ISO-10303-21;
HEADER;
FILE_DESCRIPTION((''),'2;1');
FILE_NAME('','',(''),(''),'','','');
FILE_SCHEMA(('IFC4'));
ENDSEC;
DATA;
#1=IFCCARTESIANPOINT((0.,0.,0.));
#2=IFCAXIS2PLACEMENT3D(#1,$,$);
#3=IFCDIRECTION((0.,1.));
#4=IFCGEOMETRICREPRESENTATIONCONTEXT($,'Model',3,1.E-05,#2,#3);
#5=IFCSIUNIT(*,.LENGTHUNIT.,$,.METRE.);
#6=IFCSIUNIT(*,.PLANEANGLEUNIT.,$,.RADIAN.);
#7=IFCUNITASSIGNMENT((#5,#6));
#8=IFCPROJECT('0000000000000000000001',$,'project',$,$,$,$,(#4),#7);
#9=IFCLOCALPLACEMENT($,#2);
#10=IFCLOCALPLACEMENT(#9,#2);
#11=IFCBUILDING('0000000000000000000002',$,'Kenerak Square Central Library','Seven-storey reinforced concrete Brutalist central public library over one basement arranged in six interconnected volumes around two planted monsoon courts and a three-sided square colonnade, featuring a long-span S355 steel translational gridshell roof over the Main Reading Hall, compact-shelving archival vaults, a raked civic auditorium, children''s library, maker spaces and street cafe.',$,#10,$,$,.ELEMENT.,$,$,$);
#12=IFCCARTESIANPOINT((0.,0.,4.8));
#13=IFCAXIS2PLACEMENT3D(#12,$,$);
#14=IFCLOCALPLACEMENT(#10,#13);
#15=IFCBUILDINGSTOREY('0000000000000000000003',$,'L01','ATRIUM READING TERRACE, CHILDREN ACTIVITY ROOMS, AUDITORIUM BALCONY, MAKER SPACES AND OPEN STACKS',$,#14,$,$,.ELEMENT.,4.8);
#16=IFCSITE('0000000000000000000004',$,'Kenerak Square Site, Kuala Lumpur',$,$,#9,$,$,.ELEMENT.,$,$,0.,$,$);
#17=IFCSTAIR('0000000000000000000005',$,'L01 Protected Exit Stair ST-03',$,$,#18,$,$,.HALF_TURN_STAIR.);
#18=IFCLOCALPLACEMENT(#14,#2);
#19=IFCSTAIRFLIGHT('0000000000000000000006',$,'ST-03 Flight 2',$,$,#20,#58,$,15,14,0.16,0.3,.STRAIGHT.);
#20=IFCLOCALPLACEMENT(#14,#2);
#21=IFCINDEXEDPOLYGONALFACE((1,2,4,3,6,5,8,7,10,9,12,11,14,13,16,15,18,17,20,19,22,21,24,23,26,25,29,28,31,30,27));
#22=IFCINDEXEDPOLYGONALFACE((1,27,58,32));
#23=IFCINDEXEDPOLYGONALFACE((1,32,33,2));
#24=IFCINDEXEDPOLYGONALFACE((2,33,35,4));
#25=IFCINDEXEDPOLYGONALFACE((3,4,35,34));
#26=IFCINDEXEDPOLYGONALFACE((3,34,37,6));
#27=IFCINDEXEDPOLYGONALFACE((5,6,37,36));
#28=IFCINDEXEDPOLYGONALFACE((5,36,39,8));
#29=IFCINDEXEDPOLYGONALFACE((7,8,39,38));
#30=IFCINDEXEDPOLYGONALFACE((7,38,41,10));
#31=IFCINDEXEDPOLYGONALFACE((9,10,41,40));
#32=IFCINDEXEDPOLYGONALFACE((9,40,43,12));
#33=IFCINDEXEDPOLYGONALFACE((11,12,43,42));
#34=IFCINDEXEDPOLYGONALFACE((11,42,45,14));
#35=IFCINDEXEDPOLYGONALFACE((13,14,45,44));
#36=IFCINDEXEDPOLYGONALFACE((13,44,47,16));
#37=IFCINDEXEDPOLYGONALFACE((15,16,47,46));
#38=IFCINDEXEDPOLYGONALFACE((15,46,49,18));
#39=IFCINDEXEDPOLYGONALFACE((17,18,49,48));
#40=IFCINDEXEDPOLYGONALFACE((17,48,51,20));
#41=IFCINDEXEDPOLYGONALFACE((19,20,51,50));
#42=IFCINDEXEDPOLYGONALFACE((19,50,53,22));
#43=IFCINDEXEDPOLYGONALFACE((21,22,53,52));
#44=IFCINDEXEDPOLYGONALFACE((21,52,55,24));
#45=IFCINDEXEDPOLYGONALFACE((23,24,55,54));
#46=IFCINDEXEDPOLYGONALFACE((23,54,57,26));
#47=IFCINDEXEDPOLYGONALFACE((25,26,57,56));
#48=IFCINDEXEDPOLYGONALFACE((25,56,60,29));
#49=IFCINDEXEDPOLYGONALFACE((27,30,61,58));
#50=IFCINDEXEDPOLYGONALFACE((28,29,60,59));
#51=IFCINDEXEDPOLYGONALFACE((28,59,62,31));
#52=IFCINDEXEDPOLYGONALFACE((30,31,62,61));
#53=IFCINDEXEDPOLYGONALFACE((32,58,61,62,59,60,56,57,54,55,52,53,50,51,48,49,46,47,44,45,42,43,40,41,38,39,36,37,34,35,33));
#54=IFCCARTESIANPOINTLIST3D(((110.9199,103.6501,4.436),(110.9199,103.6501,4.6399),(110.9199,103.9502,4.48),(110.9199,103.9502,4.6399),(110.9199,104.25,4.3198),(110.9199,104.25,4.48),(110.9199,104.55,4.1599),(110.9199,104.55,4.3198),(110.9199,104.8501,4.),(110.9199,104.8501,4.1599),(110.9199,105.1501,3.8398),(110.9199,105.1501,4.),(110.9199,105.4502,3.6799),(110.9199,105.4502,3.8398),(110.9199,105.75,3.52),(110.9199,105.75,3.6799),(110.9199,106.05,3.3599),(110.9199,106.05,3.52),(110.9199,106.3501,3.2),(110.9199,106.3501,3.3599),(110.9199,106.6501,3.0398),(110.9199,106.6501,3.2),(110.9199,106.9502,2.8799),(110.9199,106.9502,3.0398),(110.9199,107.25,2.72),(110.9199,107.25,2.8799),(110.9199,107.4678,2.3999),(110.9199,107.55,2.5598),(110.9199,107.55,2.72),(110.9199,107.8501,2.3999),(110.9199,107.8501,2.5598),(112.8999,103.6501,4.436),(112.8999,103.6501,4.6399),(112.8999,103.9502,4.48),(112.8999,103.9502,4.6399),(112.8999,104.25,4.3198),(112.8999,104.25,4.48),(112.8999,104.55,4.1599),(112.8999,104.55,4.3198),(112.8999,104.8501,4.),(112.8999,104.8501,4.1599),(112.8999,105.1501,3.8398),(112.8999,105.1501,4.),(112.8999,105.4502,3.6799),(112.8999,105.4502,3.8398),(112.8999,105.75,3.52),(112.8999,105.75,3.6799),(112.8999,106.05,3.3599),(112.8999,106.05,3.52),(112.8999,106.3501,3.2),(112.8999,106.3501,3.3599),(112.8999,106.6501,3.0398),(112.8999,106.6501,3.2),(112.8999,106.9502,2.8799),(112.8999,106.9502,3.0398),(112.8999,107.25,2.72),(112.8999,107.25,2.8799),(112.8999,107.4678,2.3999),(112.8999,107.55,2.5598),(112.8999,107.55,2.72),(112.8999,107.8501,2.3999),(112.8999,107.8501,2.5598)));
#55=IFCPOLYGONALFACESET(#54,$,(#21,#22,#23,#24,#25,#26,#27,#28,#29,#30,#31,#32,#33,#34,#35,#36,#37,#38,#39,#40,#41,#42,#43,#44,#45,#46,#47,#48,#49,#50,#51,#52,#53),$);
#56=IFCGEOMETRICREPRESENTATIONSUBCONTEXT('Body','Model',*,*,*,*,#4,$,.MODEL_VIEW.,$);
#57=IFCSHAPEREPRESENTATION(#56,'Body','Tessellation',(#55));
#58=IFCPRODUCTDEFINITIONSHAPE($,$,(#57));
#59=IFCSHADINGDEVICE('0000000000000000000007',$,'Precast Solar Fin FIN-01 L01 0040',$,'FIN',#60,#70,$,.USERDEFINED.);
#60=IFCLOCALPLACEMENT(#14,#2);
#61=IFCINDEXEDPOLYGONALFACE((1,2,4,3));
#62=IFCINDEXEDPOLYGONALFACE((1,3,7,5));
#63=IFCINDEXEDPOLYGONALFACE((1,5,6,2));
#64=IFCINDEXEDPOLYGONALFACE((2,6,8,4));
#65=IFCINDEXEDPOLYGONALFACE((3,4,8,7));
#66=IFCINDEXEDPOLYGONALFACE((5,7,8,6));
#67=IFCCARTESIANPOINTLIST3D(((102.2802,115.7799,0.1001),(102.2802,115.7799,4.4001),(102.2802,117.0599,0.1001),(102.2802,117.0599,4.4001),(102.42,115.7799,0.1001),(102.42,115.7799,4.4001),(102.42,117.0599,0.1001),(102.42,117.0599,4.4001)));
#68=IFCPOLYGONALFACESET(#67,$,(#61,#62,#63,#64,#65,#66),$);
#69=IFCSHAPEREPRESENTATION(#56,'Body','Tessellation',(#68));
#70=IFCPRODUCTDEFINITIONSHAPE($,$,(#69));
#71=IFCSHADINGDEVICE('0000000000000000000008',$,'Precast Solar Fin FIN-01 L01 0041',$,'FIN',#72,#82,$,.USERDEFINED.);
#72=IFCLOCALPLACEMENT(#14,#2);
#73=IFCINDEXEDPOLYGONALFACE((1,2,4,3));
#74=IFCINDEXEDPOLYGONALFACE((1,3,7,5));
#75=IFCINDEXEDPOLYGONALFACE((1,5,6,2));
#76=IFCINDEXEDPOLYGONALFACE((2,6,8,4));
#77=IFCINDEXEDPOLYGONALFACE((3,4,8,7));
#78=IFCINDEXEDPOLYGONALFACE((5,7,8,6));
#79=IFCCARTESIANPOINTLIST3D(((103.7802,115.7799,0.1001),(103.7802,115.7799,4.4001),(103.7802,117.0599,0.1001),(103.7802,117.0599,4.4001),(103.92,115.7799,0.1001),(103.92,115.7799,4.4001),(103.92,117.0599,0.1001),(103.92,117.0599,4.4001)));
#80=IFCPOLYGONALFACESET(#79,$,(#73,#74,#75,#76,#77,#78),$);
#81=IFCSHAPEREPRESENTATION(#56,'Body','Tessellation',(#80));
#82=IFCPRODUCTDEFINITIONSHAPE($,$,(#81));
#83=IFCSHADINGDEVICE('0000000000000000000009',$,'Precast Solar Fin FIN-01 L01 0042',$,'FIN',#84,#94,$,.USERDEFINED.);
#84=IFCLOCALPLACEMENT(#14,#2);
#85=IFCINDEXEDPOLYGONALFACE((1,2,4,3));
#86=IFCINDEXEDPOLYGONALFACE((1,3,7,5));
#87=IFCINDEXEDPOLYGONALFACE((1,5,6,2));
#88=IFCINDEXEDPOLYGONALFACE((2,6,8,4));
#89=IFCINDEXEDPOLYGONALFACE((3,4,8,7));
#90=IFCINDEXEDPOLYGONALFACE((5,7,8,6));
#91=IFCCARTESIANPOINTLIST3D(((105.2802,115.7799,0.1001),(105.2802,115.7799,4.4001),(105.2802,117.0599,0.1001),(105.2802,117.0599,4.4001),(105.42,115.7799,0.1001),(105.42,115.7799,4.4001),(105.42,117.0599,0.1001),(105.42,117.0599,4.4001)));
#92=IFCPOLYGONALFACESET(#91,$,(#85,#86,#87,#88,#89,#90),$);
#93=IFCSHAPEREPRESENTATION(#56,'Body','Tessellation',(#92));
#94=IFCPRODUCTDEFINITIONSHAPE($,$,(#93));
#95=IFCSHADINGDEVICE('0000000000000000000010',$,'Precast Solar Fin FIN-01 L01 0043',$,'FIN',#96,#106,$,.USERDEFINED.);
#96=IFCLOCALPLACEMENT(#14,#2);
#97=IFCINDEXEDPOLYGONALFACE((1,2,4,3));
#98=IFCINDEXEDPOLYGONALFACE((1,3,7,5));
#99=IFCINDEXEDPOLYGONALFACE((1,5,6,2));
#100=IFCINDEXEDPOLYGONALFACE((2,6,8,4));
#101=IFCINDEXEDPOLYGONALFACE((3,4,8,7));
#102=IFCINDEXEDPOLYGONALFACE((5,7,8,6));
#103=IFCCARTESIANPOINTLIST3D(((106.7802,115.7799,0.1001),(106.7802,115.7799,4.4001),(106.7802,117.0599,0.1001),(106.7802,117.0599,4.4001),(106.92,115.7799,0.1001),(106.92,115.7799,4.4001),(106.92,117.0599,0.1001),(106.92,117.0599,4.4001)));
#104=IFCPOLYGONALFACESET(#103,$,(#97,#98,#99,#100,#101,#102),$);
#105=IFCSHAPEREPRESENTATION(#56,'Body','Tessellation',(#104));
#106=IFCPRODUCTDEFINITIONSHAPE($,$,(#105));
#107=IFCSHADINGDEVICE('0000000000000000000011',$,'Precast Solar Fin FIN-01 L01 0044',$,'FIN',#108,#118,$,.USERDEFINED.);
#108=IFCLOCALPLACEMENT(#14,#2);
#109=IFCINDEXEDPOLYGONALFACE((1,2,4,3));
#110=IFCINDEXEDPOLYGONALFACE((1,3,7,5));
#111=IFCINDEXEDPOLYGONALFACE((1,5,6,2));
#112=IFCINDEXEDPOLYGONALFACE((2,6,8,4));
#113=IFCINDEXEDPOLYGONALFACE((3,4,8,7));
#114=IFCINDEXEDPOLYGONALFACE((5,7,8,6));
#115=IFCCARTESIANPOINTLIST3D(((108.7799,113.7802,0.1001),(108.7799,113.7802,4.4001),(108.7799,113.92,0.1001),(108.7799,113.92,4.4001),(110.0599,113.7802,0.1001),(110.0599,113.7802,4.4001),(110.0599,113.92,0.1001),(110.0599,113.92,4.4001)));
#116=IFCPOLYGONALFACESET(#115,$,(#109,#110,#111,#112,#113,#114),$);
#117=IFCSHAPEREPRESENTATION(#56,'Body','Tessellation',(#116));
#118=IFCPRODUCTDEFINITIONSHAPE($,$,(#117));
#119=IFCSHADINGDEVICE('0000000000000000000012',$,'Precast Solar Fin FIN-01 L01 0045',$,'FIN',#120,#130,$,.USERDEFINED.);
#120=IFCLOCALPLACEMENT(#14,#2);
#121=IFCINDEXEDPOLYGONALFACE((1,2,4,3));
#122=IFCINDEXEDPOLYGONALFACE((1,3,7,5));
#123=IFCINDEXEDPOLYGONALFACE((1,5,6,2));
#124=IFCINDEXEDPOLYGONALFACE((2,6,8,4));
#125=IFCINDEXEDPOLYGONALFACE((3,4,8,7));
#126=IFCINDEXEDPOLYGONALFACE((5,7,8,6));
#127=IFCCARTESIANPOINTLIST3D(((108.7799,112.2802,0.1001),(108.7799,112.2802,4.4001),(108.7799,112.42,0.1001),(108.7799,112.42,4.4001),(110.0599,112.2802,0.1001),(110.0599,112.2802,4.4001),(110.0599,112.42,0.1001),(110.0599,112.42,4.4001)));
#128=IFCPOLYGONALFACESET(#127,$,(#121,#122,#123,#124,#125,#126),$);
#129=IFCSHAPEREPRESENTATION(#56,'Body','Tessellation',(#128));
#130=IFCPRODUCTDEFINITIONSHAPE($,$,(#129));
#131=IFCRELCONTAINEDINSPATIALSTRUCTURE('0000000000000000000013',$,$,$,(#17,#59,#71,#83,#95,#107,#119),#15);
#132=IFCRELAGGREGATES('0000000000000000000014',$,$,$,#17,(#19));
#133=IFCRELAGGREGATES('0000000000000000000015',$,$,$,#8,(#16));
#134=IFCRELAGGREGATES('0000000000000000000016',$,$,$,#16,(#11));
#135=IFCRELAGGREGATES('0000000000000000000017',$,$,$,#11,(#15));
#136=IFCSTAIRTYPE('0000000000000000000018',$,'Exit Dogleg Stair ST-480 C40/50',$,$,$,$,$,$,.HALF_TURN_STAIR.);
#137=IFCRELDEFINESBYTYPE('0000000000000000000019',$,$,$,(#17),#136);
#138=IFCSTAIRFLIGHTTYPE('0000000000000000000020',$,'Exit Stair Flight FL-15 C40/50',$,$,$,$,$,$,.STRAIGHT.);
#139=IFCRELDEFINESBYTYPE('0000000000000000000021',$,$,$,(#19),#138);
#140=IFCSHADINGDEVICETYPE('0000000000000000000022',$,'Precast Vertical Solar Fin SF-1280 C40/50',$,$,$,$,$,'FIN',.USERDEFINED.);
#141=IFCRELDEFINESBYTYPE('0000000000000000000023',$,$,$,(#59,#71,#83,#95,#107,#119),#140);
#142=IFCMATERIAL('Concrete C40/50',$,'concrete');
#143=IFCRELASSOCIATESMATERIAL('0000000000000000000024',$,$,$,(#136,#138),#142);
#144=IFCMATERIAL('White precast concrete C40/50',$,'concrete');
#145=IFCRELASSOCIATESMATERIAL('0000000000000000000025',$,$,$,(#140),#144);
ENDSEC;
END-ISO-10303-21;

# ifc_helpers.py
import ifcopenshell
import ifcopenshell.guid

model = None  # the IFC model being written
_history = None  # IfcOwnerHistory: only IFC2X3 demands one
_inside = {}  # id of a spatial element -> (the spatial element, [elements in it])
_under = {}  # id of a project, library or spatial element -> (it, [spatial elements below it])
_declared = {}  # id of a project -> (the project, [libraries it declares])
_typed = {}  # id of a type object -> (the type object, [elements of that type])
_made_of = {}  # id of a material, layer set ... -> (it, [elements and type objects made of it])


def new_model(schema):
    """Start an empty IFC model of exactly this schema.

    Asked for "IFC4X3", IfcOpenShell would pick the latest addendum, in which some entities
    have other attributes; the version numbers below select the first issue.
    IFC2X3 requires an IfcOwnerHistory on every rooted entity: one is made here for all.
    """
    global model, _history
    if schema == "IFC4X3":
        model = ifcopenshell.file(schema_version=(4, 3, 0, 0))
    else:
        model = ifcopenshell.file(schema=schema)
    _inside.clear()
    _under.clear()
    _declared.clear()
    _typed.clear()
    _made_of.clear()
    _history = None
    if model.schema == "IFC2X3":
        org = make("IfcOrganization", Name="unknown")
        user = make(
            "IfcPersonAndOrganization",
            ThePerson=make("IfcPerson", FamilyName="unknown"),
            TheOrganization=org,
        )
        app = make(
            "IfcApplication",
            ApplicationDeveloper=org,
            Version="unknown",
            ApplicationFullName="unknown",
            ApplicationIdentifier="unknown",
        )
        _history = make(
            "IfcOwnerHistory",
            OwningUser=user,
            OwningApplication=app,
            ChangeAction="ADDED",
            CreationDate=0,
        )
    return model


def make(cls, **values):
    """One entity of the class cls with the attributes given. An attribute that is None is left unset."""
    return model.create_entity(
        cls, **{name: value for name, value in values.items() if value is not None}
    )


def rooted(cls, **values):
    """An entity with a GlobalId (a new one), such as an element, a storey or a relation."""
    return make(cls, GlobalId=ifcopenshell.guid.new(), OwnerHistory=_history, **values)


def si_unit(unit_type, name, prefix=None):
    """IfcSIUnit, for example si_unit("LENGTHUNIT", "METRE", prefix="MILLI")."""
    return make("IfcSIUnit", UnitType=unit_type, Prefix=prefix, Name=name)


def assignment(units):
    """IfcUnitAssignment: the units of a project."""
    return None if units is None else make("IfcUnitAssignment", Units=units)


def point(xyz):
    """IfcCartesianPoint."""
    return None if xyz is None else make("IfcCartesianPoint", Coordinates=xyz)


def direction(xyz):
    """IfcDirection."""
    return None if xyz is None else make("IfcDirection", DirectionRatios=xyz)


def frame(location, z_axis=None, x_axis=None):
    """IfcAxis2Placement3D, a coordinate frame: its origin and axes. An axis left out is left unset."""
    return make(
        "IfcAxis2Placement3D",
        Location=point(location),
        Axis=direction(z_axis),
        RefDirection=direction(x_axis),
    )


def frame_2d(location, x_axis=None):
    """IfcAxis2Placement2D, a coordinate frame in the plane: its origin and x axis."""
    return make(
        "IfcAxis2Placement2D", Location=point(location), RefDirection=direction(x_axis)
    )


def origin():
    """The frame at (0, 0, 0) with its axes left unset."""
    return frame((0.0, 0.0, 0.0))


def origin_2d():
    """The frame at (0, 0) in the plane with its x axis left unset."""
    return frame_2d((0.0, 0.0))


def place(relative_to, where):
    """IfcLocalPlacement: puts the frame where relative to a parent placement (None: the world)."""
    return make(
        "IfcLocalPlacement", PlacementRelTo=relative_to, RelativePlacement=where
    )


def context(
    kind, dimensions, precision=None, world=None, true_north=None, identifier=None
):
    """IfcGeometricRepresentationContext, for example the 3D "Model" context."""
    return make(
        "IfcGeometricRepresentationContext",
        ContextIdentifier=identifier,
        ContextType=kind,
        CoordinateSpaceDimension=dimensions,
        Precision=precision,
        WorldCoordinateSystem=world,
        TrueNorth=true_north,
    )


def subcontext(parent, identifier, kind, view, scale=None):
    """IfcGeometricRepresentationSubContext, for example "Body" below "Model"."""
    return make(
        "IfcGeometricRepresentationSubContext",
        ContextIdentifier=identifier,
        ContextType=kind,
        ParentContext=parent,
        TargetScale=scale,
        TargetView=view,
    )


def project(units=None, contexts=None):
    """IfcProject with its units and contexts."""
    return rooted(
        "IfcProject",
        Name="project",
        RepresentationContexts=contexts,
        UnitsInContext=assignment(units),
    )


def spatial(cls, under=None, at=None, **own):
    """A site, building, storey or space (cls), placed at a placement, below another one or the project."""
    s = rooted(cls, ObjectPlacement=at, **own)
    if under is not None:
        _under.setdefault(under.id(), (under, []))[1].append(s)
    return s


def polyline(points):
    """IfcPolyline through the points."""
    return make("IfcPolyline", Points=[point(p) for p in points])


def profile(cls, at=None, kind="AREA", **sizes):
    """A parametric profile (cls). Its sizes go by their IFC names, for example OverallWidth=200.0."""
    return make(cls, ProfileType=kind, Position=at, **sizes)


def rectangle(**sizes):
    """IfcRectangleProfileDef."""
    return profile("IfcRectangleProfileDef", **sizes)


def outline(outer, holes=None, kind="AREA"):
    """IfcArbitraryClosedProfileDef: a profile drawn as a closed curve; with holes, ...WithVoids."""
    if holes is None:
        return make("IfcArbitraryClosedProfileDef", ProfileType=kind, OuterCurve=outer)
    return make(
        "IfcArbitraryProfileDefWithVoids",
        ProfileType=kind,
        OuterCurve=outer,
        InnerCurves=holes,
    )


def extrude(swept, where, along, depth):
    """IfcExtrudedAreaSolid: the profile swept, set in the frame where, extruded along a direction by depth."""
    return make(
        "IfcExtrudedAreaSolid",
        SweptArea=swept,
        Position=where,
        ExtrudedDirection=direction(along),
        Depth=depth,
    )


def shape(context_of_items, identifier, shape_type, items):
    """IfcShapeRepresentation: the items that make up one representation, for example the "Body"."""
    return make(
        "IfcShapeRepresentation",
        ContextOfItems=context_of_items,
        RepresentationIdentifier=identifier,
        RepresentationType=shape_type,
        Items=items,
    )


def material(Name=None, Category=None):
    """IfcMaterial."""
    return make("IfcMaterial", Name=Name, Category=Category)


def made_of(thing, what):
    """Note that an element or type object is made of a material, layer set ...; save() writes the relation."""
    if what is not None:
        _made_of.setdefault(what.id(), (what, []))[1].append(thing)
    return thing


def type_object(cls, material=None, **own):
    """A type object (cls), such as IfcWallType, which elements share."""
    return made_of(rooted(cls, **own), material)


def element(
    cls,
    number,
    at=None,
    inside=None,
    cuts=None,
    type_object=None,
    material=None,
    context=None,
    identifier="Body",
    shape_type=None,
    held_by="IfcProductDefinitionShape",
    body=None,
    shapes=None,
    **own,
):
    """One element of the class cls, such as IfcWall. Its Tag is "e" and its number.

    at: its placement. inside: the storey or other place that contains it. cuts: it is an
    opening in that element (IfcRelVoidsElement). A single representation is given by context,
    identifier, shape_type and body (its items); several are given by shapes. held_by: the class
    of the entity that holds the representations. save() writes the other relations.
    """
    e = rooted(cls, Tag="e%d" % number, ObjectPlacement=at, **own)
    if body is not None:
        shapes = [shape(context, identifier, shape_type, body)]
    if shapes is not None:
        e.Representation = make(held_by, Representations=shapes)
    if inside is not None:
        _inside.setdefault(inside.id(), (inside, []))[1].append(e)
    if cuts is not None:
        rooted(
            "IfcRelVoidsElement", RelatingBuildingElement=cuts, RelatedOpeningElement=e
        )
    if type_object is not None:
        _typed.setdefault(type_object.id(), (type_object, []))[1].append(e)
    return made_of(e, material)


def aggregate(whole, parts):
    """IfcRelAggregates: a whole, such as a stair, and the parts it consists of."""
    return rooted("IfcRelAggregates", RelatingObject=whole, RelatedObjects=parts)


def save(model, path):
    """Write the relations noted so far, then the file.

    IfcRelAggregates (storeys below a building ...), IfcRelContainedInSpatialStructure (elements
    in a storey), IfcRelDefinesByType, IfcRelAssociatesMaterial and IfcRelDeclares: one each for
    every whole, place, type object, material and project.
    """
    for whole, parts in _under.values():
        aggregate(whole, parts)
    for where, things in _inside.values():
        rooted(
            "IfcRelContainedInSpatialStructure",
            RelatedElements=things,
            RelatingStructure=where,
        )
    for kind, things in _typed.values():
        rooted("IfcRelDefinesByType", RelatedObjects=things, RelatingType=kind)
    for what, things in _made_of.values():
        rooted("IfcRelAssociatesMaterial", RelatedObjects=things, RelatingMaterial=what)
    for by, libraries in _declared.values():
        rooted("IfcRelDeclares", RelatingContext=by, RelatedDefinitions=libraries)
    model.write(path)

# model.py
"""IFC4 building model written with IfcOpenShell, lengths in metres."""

from ifc_helpers import new_model, si_unit, direction, frame, origin, origin_2d, place, context, subcontext, project, spatial, polyline, rectangle, outline, extrude, material, type_object, element, aggregate, save


model = new_model("IFC4")

# Units and contexts
model_context = context("Model", 3, precision=1e-05, world=origin(), true_north=direction((0.0, 1.0)))
body_context = subcontext(model_context, "Body", "Model", "MODEL_VIEW")
ifc_project = project(units=[si_unit("LENGTHUNIT", "METRE"), si_unit("PLANEANGLEUNIT", "RADIAN")], contexts=[model_context])

# Site, building, storey
site_placement = place(None, origin())
site = spatial("IfcSite", under=ifc_project, at=site_placement, Name="Kenerak Square Site, Kuala Lumpur", CompositionType="ELEMENT", RefElevation=0.0)
building_placement = place(site_placement, origin())
building = spatial("IfcBuilding", under=site, at=building_placement, Name="Kenerak Square Central Library", Description="Seven-storey reinforced concrete Brutalist central public library over one basement arranged in six interconnected volumes around two planted monsoon courts and a three-sided square colonnade, featuring a long-span S355 steel translational gridshell roof over the Main Reading Hall, compact-shelving archival vaults, a raked civic auditorium, children's library, maker spaces and street cafe.", CompositionType="ELEMENT")
storey_placement = place(building_placement, frame((0.0, 0.0, 4.8)))
storey = spatial("IfcBuildingStorey", under=building, at=storey_placement, Name="L01", Description="ATRIUM READING TERRACE, CHILDREN ACTIVITY ROOMS, AUDITORIUM BALCONY, MAKER SPACES AND OPEN STACKS", CompositionType="ELEMENT", Elevation=4.8)

# Shared definitions
ifc_material_1 = material(Name="Concrete C40/50", Category="concrete")

# Stair, stair flight
stair_type = type_object("IfcStairType", Name="Exit Dogleg Stair ST-480 C40/50", PredefinedType="HALF_TURN_STAIR", material=ifc_material_1)
stair_placement = place(storey_placement, origin())
stair = element("IfcStair", 1, at=stair_placement, inside=storey, type_object=stair_type, Name="L01 Protected Exit Stair ST-03", PredefinedType="HALF_TURN_STAIR")
stair_flight_type = type_object("IfcStairFlightType", Name="Exit Stair Flight FL-15 C40/50", PredefinedType="STRAIGHT", material=ifc_material_1)
stair_flight_placement = place(storey_placement, frame((111.9099, 107.8501, 2.3999), z_axis=(0.0, 0.0, 1.0), x_axis=(0.0, -1.0, 0.0)))
stair_flight = element("IfcStairFlight", 2, at=stair_flight_placement, type_object=stair_flight_type, Name="ST-03 Flight 2", NumberOfRisers=15, NumberOfTreads=14, PredefinedType="STRAIGHT", RiserHeight=0.16, TreadLength=0.3, context=body_context, shape_type="SweptSolid", body=[
    extrude(outline(polyline([(0.0, 0.0), (0.0, 0.1599), (0.3, 0.1599), (0.3, 0.3201), (0.6001, 0.3201), (0.6001, 0.48), (0.8999, 0.48), (0.8999, 0.6399), (1.2, 0.6399), (1.2, 0.8), (1.5, 0.8), (1.5, 0.96), (1.8, 0.96), (1.8, 1.1201), (2.1001, 1.1201), (2.1001, 1.28), (2.3999, 1.28), (2.3999, 1.4399), (2.7, 1.4399), (2.7, 1.6001), (3.0, 1.6001), (3.0, 1.76), (3.3, 1.76), (3.3, 1.9199), (3.6001, 1.9199), (3.6001, 2.0801), (3.8999, 2.0801), (3.8999, 2.24), (4.2, 2.24), (4.2, 2.3999), (4.2, 2.0361), (0.3823, 0.0), (0.0, 0.0)])), frame((0.0, 0.99, 0.0), z_axis=(0.0, -1.0, 0.0), x_axis=(1.0, 0.0, 0.0)), (0.0, 0.0, 1.0), 1.98),
])
aggregate(stair, [stair_flight])

# Shading devices
ifc_material_2 = material(Name="White precast concrete C40/50", Category="concrete")
shading_device_type = type_object("IfcShadingDeviceType", Name="Precast Vertical Solar Fin SF-1280 C40/50", ElementType="FIN", PredefinedType="USERDEFINED", material=ifc_material_2)
for number, where, z_axis, x_axis, name in (
    (3, (102.3501, 116.4199, 0.1001), (0.0, 0.0, 1.0), (1.0, 0.0, 0.0), "Precast Solar Fin FIN-01 L01 0040"),
    (4, (103.8501, 116.4199, 0.1001), (0.0, 0.0, 1.0), (1.0, 0.0, 0.0), "Precast Solar Fin FIN-01 L01 0041"),
    (5, (105.3501, 116.4199, 0.1001), (0.0, 0.0, 1.0), (1.0, 0.0, 0.0), "Precast Solar Fin FIN-01 L01 0042"),
    (6, (106.8501, 116.4199, 0.1001), (0.0, 0.0, 1.0), (1.0, 0.0, 0.0), "Precast Solar Fin FIN-01 L01 0043"),
    (7, (109.4199, 113.8501, 0.1001), (0.0, 0.0, 1.0), (0.0, -1.0, 0.0), "Precast Solar Fin FIN-01 L01 0044"),
    (8, (109.4199, 112.3501, 0.1001), (0.0, 0.0, 1.0), (0.0, -1.0, 0.0), "Precast Solar Fin FIN-01 L01 0045"),
):
    element("IfcShadingDevice", number, at=place(storey_placement, frame(where, z_axis=z_axis, x_axis=x_axis)), inside=storey, type_object=shading_device_type, Name=name, ObjectType="FIN", PredefinedType="USERDEFINED", context=body_context, shape_type="SweptSolid", body=[
        extrude(rectangle(XDim=0.1399, YDim=1.28, at=origin_2d()), origin(), (0.0, 0.0, 1.0), 4.3),
    ])

save(model, "model.ifc")
